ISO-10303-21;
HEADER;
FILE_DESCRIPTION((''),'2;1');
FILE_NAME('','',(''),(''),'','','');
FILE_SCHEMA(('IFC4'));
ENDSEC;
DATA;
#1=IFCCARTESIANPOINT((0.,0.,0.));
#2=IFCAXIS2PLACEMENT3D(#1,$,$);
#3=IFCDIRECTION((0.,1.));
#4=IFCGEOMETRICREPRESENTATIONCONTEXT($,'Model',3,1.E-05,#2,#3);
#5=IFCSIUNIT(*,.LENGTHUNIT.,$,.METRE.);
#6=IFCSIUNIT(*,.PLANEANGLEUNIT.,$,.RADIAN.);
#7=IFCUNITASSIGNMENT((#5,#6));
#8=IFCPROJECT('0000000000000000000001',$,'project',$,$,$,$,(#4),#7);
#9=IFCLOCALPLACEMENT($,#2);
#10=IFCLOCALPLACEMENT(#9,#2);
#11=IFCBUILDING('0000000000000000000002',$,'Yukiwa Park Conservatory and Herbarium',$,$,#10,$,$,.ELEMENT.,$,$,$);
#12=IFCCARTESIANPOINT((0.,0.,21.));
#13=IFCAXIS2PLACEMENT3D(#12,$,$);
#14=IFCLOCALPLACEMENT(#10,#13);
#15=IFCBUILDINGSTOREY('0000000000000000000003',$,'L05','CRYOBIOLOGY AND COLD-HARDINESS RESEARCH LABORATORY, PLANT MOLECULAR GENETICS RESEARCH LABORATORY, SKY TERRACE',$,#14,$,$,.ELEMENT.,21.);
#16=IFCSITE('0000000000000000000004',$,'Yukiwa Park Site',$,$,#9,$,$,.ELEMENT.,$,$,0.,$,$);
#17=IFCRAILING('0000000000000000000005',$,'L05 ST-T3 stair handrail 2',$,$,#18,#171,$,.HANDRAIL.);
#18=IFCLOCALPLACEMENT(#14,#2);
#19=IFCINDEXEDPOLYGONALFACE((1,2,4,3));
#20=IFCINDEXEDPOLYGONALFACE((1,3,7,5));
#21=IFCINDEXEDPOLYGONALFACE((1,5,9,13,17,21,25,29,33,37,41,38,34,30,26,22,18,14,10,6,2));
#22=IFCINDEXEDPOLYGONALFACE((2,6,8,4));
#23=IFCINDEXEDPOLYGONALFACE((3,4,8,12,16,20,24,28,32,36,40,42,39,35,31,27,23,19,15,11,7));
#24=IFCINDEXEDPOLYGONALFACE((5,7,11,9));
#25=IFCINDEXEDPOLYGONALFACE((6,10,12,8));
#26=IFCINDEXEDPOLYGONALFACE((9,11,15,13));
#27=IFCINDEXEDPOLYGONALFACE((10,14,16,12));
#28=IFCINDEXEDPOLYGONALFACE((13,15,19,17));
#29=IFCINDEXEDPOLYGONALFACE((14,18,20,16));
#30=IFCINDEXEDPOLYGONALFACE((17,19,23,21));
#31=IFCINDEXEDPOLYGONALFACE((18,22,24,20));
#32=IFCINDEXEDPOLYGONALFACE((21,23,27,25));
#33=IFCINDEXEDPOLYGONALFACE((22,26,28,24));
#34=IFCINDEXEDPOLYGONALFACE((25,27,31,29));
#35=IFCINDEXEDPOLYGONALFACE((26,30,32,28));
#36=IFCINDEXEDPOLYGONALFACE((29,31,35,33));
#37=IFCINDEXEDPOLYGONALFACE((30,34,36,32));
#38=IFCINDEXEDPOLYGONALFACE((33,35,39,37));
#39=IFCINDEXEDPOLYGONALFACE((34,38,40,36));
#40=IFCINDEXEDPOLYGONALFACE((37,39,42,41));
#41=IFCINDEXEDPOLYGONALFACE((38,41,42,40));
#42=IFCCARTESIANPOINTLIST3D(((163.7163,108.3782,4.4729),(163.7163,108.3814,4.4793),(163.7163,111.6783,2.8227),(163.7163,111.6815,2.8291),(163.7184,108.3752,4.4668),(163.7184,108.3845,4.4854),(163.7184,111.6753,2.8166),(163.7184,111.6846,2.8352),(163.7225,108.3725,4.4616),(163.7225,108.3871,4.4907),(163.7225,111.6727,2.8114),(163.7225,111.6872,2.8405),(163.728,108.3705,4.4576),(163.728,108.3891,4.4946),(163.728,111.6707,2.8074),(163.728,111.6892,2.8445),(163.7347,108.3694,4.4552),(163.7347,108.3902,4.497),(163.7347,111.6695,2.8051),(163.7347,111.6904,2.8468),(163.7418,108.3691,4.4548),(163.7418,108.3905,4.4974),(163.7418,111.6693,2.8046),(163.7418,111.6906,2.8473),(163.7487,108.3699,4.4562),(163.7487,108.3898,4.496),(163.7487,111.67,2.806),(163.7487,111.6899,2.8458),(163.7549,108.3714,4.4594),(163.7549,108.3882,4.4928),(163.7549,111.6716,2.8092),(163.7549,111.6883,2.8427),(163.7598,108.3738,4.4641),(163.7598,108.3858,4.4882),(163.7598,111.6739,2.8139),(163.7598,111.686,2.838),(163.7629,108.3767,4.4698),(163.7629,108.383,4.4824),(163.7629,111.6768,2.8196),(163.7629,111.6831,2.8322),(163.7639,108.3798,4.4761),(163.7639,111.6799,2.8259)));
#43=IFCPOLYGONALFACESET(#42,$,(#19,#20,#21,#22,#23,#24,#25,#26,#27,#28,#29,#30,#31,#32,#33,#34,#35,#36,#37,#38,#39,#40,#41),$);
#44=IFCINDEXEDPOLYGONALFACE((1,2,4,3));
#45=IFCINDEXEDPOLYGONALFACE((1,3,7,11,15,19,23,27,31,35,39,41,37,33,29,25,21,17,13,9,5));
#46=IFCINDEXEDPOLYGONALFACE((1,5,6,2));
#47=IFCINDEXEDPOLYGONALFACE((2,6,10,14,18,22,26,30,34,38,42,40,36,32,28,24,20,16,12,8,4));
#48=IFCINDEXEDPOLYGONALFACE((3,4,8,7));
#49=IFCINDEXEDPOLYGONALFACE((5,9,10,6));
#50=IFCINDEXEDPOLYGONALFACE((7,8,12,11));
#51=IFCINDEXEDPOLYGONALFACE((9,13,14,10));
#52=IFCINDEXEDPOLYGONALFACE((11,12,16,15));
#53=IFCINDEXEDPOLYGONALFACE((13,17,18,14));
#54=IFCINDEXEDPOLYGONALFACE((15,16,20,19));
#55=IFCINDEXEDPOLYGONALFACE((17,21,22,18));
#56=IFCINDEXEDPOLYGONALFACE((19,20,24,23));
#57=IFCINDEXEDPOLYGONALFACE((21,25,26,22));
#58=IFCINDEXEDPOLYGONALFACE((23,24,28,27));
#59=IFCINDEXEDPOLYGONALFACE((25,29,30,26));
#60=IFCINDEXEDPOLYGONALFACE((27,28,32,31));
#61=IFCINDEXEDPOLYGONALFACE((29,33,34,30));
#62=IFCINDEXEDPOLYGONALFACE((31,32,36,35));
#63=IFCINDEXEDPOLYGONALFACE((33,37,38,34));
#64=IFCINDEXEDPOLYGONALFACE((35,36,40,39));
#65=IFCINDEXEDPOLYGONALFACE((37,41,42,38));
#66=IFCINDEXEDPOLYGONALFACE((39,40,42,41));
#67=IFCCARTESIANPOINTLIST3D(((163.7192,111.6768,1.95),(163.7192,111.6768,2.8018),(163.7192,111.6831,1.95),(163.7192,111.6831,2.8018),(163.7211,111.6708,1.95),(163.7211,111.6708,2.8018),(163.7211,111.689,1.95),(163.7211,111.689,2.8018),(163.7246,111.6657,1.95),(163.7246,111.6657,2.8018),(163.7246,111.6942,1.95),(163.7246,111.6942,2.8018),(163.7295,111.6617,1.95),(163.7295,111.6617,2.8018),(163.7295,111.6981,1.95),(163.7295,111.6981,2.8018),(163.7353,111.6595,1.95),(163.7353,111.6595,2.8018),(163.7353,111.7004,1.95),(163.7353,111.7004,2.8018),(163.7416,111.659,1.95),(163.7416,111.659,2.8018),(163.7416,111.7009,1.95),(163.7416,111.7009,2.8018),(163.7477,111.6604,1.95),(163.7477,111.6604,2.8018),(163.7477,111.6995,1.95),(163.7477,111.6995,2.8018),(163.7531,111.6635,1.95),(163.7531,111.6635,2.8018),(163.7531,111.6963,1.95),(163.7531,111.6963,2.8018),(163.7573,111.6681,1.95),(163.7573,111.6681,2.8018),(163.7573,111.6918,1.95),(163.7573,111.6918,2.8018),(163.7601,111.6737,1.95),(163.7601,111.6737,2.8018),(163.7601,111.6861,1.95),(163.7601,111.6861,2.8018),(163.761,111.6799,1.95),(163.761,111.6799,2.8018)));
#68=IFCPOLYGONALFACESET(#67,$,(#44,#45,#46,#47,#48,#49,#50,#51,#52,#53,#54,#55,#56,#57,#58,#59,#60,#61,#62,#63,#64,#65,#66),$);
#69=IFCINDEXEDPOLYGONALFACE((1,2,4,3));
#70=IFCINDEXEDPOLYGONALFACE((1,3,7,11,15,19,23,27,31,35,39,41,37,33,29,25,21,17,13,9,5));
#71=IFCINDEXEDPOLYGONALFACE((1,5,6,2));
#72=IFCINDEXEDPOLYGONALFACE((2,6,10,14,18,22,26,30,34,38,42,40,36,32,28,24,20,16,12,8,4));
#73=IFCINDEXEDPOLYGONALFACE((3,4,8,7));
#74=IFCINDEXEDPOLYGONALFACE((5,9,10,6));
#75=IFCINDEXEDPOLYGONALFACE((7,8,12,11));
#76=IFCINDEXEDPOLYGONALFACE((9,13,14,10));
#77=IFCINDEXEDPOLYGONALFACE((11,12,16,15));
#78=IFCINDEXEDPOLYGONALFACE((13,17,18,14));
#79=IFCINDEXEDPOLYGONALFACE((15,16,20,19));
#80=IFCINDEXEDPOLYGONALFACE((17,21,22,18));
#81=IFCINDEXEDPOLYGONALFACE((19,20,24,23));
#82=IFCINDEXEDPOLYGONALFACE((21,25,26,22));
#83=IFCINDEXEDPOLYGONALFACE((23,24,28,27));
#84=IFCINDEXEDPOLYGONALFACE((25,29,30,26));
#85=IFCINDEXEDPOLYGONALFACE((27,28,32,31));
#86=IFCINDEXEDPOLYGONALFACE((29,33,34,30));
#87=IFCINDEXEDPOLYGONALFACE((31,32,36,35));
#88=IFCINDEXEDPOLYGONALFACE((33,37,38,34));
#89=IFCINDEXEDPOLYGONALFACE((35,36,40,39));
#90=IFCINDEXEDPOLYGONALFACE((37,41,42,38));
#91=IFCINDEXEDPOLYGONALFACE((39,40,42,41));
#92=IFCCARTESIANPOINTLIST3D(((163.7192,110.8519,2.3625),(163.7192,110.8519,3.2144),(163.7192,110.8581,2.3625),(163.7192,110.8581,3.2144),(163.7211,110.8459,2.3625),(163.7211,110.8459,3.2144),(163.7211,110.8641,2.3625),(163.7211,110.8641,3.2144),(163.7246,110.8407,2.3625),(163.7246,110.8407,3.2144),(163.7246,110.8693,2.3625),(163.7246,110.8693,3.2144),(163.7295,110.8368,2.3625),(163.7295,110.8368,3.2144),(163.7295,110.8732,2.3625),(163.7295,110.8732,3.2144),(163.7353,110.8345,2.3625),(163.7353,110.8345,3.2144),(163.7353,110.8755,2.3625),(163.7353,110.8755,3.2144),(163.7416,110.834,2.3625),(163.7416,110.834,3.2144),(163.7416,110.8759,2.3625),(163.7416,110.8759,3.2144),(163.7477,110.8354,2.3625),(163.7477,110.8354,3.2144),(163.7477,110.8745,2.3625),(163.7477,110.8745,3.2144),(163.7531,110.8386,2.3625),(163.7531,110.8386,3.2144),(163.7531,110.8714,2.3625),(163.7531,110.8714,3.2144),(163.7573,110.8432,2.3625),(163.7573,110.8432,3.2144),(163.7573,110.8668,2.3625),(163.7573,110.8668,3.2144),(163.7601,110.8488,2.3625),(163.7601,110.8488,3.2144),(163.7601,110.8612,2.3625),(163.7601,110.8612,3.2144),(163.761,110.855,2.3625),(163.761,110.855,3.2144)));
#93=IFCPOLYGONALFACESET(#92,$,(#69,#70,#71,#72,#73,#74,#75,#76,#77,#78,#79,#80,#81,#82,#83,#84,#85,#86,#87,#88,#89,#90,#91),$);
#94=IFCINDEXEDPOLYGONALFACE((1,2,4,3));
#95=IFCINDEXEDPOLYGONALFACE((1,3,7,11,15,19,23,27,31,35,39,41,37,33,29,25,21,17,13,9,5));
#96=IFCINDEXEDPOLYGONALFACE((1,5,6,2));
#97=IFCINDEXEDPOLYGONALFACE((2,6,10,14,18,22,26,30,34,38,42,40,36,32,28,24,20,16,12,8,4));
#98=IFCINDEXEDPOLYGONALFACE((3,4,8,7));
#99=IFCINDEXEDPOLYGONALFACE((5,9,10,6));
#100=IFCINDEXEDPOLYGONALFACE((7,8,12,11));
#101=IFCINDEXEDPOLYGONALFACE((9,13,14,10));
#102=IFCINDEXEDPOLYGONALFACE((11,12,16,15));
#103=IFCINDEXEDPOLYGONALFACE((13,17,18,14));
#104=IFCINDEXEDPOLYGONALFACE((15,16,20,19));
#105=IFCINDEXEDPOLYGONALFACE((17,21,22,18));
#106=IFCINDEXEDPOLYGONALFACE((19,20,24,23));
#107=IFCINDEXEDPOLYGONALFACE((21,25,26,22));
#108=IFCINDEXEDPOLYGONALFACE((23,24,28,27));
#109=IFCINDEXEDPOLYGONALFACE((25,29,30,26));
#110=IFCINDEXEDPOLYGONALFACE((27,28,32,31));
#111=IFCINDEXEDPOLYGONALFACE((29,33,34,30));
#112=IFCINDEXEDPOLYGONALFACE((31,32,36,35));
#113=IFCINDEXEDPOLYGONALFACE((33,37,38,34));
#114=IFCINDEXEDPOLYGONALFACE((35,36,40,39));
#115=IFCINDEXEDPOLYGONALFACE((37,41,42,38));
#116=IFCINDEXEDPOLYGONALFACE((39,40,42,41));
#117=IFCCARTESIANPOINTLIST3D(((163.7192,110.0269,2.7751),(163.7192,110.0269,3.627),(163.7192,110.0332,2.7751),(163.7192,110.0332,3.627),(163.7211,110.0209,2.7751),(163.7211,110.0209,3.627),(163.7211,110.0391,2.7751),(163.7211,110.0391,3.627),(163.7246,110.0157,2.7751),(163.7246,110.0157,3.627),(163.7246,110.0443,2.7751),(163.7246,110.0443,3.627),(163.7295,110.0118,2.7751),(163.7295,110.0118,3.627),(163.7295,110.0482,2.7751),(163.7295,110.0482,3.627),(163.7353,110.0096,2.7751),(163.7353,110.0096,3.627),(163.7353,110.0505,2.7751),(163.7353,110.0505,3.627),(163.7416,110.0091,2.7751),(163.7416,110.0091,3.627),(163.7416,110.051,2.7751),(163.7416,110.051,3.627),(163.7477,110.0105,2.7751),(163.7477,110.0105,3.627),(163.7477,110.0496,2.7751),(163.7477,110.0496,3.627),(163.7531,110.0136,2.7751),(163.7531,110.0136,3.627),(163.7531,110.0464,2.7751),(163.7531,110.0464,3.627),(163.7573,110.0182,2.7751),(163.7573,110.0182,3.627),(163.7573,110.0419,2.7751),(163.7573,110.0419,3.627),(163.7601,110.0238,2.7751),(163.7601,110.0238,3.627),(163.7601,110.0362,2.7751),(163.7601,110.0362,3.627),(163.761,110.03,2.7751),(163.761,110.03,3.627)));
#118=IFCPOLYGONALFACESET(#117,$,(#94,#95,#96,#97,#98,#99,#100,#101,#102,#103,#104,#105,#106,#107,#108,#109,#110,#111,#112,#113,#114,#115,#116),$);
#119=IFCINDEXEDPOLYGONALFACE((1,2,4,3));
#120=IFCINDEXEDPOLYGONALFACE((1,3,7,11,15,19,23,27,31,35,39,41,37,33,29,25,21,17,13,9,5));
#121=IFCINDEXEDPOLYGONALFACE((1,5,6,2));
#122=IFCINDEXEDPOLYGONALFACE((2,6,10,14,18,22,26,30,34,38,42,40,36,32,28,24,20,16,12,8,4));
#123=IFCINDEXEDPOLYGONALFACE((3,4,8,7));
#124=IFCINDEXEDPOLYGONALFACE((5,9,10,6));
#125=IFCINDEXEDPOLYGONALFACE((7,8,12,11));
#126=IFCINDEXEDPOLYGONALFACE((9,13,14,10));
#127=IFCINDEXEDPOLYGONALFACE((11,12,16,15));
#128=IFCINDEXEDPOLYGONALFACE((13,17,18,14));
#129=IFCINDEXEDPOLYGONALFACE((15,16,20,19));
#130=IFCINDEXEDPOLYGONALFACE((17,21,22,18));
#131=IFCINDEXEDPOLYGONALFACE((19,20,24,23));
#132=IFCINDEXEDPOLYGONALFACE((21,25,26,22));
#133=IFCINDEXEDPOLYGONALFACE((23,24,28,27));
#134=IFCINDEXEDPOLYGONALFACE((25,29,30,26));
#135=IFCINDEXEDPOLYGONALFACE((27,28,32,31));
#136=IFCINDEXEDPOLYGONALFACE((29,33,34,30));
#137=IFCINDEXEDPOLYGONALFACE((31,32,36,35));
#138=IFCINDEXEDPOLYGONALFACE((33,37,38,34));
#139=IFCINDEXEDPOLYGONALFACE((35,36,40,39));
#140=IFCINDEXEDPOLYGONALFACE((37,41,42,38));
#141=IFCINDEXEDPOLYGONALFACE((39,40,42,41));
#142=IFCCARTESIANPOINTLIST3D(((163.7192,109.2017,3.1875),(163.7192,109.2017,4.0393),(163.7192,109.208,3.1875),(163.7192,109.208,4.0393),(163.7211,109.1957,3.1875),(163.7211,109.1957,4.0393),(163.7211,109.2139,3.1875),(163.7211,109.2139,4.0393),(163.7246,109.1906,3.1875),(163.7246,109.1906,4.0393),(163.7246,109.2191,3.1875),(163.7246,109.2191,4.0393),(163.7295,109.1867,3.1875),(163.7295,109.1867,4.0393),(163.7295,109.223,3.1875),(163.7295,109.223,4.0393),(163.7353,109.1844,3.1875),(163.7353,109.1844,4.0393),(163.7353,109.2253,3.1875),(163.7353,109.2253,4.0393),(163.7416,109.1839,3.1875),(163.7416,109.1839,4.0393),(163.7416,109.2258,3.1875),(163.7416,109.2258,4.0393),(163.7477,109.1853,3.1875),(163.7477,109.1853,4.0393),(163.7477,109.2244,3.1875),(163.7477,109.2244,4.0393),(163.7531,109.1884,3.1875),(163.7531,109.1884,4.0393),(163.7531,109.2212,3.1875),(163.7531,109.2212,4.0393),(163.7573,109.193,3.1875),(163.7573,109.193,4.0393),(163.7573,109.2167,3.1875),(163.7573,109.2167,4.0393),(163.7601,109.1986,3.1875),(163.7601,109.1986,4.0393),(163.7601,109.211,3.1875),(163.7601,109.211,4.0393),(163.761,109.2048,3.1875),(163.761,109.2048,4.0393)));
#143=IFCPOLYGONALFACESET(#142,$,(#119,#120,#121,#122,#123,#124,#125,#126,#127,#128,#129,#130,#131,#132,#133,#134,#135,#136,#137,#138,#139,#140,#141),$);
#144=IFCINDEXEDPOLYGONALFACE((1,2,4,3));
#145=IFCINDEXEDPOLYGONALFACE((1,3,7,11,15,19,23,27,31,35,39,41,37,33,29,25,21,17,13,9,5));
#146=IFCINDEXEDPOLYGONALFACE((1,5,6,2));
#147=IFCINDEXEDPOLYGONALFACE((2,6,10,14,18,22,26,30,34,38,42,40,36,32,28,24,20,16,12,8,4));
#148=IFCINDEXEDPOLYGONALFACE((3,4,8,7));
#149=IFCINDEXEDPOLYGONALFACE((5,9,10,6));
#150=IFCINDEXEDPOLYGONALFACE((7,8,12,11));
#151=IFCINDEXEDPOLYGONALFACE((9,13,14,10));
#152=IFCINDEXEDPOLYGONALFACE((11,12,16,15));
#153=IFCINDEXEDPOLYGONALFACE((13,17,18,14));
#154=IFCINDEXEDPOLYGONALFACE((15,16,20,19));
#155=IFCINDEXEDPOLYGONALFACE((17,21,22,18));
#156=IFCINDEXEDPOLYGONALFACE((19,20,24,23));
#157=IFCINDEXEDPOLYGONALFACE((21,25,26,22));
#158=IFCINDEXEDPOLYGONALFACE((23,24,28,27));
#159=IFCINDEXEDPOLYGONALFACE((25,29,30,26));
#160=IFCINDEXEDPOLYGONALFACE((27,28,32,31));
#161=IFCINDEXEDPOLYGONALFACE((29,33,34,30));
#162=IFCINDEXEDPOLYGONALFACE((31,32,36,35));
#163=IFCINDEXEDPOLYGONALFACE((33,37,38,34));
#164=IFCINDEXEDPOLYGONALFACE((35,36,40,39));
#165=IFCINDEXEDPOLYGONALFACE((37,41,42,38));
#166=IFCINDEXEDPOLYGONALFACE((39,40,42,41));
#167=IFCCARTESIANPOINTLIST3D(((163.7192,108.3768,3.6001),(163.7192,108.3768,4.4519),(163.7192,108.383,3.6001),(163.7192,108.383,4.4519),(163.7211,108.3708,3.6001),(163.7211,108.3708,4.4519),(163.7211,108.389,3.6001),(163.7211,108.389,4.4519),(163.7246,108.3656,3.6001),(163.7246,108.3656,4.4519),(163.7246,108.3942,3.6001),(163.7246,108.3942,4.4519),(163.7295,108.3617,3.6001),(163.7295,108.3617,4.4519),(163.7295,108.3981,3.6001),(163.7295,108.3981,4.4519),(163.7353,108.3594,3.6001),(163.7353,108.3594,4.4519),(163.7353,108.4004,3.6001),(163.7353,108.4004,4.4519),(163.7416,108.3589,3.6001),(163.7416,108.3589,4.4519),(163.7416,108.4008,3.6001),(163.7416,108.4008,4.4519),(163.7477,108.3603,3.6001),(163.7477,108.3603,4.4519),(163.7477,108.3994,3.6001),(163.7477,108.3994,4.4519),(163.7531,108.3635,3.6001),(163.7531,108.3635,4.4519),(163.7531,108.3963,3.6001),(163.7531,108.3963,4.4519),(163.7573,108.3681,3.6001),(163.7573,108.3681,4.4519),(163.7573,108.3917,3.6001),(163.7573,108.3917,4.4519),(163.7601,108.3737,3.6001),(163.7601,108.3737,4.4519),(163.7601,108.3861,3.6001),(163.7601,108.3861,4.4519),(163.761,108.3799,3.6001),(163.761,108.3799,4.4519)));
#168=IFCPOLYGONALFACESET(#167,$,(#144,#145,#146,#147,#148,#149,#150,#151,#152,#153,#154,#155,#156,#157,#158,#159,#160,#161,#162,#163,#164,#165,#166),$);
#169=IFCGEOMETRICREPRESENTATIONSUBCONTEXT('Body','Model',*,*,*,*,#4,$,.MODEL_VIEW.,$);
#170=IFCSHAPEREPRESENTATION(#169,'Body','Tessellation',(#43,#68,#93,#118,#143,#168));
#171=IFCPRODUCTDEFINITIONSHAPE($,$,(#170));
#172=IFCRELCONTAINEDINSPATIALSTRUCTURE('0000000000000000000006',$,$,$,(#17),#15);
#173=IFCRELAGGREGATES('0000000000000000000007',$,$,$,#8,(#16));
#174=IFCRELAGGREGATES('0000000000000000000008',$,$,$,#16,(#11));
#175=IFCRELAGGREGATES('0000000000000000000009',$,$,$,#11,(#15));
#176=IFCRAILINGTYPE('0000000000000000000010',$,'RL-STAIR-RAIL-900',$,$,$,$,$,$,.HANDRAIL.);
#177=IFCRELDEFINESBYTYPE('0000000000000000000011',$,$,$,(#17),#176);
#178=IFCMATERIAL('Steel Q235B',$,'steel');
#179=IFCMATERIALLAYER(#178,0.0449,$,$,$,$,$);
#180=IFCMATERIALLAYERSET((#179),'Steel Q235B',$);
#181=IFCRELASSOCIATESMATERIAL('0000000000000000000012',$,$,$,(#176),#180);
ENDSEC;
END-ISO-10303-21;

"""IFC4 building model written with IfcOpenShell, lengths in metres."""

from ifc_helpers import new_model, si_unit, direction, frame, origin, origin_2d, place, context, subcontext, project, spatial, circle, extrude, material, layer, layer_set, type_object, element, save


model = new_model("IFC4")

# Units and contexts
model_context = context("Model", 3, precision=1e-05, world=origin(), true_north=direction((0.0, 1.0)))
body_context = subcontext(model_context, "Body", "Model", "MODEL_VIEW")
ifc_project = project(units=[si_unit("LENGTHUNIT", "METRE"), si_unit("PLANEANGLEUNIT", "RADIAN")], contexts=[model_context])

# Site, building, storey
site_placement = place(None, origin())
site = spatial("IfcSite", under=ifc_project, at=site_placement, Name="Yukiwa Park Site", CompositionType="ELEMENT", RefElevation=0.0)
building_placement = place(site_placement, origin())
building = spatial("IfcBuilding", under=site, at=building_placement, Name="Yukiwa Park Conservatory and Herbarium", CompositionType="ELEMENT")
storey_placement = place(building_placement, frame((0.0, 0.0, 21.0)))
storey = spatial("IfcBuildingStorey", under=building, at=storey_placement, Name="L05", Description="CRYOBIOLOGY AND COLD-HARDINESS RESEARCH LABORATORY, PLANT MOLECULAR GENETICS RESEARCH LABORATORY, SKY TERRACE", CompositionType="ELEMENT", Elevation=21.0)

# Railing
ifc_material_1 = material(Name="Steel Q235B", Category="steel")
ifc_layer_1 = layer(ifc_material_1, 0.0449)
ifc_layer_set_1 = layer_set([ifc_layer_1], Name="Steel Q235B")
railing_type_1 = type_object("IfcRailingType", Name="RL-STAIR-RAIL-900", PredefinedType="HANDRAIL", material=ifc_layer_set_1)
railing_1_placement = place(storey_placement, frame((163.74, 111.6799, 1.95)))
element("IfcRailing", 1, at=railing_1_placement, inside=storey, type_object=railing_type_1, Name="L05 ST-T3 stair handrail 2", PredefinedType="HANDRAIL", context=body_context, shape_type="SweptSolid", body=[
    extrude(circle(Radius=0.0239, at=origin_2d()), frame((0.0, 0.0, 0.876), z_axis=(0.0, -0.894414, 0.44724), x_axis=(1.0, 0.0, 0.0)), (0.0, 0.0, 1.0), 3.6897),
    extrude(circle(Radius=0.021, at=origin_2d()), origin(), (0.0, 0.0, 1.0), 0.8518),
    extrude(circle(Radius=0.021, at=origin_2d()), frame((0.0, -0.825, 0.4126)), (0.0, 0.0, 1.0), 0.8518),
    extrude(circle(Radius=0.021, at=origin_2d()), frame((0.0, -1.6499, 0.8252)), (0.0, 0.0, 1.0), 0.8518),
    extrude(circle(Radius=0.021, at=origin_2d()), frame((0.0, -2.4751, 1.2375)), (0.0, 0.0, 1.0), 0.8518),
    extrude(circle(Radius=0.021, at=origin_2d()), frame((0.0, -3.3, 1.6501)), (0.0, 0.0, 1.0), 0.8518),
])

save(model, "model.ifc")
